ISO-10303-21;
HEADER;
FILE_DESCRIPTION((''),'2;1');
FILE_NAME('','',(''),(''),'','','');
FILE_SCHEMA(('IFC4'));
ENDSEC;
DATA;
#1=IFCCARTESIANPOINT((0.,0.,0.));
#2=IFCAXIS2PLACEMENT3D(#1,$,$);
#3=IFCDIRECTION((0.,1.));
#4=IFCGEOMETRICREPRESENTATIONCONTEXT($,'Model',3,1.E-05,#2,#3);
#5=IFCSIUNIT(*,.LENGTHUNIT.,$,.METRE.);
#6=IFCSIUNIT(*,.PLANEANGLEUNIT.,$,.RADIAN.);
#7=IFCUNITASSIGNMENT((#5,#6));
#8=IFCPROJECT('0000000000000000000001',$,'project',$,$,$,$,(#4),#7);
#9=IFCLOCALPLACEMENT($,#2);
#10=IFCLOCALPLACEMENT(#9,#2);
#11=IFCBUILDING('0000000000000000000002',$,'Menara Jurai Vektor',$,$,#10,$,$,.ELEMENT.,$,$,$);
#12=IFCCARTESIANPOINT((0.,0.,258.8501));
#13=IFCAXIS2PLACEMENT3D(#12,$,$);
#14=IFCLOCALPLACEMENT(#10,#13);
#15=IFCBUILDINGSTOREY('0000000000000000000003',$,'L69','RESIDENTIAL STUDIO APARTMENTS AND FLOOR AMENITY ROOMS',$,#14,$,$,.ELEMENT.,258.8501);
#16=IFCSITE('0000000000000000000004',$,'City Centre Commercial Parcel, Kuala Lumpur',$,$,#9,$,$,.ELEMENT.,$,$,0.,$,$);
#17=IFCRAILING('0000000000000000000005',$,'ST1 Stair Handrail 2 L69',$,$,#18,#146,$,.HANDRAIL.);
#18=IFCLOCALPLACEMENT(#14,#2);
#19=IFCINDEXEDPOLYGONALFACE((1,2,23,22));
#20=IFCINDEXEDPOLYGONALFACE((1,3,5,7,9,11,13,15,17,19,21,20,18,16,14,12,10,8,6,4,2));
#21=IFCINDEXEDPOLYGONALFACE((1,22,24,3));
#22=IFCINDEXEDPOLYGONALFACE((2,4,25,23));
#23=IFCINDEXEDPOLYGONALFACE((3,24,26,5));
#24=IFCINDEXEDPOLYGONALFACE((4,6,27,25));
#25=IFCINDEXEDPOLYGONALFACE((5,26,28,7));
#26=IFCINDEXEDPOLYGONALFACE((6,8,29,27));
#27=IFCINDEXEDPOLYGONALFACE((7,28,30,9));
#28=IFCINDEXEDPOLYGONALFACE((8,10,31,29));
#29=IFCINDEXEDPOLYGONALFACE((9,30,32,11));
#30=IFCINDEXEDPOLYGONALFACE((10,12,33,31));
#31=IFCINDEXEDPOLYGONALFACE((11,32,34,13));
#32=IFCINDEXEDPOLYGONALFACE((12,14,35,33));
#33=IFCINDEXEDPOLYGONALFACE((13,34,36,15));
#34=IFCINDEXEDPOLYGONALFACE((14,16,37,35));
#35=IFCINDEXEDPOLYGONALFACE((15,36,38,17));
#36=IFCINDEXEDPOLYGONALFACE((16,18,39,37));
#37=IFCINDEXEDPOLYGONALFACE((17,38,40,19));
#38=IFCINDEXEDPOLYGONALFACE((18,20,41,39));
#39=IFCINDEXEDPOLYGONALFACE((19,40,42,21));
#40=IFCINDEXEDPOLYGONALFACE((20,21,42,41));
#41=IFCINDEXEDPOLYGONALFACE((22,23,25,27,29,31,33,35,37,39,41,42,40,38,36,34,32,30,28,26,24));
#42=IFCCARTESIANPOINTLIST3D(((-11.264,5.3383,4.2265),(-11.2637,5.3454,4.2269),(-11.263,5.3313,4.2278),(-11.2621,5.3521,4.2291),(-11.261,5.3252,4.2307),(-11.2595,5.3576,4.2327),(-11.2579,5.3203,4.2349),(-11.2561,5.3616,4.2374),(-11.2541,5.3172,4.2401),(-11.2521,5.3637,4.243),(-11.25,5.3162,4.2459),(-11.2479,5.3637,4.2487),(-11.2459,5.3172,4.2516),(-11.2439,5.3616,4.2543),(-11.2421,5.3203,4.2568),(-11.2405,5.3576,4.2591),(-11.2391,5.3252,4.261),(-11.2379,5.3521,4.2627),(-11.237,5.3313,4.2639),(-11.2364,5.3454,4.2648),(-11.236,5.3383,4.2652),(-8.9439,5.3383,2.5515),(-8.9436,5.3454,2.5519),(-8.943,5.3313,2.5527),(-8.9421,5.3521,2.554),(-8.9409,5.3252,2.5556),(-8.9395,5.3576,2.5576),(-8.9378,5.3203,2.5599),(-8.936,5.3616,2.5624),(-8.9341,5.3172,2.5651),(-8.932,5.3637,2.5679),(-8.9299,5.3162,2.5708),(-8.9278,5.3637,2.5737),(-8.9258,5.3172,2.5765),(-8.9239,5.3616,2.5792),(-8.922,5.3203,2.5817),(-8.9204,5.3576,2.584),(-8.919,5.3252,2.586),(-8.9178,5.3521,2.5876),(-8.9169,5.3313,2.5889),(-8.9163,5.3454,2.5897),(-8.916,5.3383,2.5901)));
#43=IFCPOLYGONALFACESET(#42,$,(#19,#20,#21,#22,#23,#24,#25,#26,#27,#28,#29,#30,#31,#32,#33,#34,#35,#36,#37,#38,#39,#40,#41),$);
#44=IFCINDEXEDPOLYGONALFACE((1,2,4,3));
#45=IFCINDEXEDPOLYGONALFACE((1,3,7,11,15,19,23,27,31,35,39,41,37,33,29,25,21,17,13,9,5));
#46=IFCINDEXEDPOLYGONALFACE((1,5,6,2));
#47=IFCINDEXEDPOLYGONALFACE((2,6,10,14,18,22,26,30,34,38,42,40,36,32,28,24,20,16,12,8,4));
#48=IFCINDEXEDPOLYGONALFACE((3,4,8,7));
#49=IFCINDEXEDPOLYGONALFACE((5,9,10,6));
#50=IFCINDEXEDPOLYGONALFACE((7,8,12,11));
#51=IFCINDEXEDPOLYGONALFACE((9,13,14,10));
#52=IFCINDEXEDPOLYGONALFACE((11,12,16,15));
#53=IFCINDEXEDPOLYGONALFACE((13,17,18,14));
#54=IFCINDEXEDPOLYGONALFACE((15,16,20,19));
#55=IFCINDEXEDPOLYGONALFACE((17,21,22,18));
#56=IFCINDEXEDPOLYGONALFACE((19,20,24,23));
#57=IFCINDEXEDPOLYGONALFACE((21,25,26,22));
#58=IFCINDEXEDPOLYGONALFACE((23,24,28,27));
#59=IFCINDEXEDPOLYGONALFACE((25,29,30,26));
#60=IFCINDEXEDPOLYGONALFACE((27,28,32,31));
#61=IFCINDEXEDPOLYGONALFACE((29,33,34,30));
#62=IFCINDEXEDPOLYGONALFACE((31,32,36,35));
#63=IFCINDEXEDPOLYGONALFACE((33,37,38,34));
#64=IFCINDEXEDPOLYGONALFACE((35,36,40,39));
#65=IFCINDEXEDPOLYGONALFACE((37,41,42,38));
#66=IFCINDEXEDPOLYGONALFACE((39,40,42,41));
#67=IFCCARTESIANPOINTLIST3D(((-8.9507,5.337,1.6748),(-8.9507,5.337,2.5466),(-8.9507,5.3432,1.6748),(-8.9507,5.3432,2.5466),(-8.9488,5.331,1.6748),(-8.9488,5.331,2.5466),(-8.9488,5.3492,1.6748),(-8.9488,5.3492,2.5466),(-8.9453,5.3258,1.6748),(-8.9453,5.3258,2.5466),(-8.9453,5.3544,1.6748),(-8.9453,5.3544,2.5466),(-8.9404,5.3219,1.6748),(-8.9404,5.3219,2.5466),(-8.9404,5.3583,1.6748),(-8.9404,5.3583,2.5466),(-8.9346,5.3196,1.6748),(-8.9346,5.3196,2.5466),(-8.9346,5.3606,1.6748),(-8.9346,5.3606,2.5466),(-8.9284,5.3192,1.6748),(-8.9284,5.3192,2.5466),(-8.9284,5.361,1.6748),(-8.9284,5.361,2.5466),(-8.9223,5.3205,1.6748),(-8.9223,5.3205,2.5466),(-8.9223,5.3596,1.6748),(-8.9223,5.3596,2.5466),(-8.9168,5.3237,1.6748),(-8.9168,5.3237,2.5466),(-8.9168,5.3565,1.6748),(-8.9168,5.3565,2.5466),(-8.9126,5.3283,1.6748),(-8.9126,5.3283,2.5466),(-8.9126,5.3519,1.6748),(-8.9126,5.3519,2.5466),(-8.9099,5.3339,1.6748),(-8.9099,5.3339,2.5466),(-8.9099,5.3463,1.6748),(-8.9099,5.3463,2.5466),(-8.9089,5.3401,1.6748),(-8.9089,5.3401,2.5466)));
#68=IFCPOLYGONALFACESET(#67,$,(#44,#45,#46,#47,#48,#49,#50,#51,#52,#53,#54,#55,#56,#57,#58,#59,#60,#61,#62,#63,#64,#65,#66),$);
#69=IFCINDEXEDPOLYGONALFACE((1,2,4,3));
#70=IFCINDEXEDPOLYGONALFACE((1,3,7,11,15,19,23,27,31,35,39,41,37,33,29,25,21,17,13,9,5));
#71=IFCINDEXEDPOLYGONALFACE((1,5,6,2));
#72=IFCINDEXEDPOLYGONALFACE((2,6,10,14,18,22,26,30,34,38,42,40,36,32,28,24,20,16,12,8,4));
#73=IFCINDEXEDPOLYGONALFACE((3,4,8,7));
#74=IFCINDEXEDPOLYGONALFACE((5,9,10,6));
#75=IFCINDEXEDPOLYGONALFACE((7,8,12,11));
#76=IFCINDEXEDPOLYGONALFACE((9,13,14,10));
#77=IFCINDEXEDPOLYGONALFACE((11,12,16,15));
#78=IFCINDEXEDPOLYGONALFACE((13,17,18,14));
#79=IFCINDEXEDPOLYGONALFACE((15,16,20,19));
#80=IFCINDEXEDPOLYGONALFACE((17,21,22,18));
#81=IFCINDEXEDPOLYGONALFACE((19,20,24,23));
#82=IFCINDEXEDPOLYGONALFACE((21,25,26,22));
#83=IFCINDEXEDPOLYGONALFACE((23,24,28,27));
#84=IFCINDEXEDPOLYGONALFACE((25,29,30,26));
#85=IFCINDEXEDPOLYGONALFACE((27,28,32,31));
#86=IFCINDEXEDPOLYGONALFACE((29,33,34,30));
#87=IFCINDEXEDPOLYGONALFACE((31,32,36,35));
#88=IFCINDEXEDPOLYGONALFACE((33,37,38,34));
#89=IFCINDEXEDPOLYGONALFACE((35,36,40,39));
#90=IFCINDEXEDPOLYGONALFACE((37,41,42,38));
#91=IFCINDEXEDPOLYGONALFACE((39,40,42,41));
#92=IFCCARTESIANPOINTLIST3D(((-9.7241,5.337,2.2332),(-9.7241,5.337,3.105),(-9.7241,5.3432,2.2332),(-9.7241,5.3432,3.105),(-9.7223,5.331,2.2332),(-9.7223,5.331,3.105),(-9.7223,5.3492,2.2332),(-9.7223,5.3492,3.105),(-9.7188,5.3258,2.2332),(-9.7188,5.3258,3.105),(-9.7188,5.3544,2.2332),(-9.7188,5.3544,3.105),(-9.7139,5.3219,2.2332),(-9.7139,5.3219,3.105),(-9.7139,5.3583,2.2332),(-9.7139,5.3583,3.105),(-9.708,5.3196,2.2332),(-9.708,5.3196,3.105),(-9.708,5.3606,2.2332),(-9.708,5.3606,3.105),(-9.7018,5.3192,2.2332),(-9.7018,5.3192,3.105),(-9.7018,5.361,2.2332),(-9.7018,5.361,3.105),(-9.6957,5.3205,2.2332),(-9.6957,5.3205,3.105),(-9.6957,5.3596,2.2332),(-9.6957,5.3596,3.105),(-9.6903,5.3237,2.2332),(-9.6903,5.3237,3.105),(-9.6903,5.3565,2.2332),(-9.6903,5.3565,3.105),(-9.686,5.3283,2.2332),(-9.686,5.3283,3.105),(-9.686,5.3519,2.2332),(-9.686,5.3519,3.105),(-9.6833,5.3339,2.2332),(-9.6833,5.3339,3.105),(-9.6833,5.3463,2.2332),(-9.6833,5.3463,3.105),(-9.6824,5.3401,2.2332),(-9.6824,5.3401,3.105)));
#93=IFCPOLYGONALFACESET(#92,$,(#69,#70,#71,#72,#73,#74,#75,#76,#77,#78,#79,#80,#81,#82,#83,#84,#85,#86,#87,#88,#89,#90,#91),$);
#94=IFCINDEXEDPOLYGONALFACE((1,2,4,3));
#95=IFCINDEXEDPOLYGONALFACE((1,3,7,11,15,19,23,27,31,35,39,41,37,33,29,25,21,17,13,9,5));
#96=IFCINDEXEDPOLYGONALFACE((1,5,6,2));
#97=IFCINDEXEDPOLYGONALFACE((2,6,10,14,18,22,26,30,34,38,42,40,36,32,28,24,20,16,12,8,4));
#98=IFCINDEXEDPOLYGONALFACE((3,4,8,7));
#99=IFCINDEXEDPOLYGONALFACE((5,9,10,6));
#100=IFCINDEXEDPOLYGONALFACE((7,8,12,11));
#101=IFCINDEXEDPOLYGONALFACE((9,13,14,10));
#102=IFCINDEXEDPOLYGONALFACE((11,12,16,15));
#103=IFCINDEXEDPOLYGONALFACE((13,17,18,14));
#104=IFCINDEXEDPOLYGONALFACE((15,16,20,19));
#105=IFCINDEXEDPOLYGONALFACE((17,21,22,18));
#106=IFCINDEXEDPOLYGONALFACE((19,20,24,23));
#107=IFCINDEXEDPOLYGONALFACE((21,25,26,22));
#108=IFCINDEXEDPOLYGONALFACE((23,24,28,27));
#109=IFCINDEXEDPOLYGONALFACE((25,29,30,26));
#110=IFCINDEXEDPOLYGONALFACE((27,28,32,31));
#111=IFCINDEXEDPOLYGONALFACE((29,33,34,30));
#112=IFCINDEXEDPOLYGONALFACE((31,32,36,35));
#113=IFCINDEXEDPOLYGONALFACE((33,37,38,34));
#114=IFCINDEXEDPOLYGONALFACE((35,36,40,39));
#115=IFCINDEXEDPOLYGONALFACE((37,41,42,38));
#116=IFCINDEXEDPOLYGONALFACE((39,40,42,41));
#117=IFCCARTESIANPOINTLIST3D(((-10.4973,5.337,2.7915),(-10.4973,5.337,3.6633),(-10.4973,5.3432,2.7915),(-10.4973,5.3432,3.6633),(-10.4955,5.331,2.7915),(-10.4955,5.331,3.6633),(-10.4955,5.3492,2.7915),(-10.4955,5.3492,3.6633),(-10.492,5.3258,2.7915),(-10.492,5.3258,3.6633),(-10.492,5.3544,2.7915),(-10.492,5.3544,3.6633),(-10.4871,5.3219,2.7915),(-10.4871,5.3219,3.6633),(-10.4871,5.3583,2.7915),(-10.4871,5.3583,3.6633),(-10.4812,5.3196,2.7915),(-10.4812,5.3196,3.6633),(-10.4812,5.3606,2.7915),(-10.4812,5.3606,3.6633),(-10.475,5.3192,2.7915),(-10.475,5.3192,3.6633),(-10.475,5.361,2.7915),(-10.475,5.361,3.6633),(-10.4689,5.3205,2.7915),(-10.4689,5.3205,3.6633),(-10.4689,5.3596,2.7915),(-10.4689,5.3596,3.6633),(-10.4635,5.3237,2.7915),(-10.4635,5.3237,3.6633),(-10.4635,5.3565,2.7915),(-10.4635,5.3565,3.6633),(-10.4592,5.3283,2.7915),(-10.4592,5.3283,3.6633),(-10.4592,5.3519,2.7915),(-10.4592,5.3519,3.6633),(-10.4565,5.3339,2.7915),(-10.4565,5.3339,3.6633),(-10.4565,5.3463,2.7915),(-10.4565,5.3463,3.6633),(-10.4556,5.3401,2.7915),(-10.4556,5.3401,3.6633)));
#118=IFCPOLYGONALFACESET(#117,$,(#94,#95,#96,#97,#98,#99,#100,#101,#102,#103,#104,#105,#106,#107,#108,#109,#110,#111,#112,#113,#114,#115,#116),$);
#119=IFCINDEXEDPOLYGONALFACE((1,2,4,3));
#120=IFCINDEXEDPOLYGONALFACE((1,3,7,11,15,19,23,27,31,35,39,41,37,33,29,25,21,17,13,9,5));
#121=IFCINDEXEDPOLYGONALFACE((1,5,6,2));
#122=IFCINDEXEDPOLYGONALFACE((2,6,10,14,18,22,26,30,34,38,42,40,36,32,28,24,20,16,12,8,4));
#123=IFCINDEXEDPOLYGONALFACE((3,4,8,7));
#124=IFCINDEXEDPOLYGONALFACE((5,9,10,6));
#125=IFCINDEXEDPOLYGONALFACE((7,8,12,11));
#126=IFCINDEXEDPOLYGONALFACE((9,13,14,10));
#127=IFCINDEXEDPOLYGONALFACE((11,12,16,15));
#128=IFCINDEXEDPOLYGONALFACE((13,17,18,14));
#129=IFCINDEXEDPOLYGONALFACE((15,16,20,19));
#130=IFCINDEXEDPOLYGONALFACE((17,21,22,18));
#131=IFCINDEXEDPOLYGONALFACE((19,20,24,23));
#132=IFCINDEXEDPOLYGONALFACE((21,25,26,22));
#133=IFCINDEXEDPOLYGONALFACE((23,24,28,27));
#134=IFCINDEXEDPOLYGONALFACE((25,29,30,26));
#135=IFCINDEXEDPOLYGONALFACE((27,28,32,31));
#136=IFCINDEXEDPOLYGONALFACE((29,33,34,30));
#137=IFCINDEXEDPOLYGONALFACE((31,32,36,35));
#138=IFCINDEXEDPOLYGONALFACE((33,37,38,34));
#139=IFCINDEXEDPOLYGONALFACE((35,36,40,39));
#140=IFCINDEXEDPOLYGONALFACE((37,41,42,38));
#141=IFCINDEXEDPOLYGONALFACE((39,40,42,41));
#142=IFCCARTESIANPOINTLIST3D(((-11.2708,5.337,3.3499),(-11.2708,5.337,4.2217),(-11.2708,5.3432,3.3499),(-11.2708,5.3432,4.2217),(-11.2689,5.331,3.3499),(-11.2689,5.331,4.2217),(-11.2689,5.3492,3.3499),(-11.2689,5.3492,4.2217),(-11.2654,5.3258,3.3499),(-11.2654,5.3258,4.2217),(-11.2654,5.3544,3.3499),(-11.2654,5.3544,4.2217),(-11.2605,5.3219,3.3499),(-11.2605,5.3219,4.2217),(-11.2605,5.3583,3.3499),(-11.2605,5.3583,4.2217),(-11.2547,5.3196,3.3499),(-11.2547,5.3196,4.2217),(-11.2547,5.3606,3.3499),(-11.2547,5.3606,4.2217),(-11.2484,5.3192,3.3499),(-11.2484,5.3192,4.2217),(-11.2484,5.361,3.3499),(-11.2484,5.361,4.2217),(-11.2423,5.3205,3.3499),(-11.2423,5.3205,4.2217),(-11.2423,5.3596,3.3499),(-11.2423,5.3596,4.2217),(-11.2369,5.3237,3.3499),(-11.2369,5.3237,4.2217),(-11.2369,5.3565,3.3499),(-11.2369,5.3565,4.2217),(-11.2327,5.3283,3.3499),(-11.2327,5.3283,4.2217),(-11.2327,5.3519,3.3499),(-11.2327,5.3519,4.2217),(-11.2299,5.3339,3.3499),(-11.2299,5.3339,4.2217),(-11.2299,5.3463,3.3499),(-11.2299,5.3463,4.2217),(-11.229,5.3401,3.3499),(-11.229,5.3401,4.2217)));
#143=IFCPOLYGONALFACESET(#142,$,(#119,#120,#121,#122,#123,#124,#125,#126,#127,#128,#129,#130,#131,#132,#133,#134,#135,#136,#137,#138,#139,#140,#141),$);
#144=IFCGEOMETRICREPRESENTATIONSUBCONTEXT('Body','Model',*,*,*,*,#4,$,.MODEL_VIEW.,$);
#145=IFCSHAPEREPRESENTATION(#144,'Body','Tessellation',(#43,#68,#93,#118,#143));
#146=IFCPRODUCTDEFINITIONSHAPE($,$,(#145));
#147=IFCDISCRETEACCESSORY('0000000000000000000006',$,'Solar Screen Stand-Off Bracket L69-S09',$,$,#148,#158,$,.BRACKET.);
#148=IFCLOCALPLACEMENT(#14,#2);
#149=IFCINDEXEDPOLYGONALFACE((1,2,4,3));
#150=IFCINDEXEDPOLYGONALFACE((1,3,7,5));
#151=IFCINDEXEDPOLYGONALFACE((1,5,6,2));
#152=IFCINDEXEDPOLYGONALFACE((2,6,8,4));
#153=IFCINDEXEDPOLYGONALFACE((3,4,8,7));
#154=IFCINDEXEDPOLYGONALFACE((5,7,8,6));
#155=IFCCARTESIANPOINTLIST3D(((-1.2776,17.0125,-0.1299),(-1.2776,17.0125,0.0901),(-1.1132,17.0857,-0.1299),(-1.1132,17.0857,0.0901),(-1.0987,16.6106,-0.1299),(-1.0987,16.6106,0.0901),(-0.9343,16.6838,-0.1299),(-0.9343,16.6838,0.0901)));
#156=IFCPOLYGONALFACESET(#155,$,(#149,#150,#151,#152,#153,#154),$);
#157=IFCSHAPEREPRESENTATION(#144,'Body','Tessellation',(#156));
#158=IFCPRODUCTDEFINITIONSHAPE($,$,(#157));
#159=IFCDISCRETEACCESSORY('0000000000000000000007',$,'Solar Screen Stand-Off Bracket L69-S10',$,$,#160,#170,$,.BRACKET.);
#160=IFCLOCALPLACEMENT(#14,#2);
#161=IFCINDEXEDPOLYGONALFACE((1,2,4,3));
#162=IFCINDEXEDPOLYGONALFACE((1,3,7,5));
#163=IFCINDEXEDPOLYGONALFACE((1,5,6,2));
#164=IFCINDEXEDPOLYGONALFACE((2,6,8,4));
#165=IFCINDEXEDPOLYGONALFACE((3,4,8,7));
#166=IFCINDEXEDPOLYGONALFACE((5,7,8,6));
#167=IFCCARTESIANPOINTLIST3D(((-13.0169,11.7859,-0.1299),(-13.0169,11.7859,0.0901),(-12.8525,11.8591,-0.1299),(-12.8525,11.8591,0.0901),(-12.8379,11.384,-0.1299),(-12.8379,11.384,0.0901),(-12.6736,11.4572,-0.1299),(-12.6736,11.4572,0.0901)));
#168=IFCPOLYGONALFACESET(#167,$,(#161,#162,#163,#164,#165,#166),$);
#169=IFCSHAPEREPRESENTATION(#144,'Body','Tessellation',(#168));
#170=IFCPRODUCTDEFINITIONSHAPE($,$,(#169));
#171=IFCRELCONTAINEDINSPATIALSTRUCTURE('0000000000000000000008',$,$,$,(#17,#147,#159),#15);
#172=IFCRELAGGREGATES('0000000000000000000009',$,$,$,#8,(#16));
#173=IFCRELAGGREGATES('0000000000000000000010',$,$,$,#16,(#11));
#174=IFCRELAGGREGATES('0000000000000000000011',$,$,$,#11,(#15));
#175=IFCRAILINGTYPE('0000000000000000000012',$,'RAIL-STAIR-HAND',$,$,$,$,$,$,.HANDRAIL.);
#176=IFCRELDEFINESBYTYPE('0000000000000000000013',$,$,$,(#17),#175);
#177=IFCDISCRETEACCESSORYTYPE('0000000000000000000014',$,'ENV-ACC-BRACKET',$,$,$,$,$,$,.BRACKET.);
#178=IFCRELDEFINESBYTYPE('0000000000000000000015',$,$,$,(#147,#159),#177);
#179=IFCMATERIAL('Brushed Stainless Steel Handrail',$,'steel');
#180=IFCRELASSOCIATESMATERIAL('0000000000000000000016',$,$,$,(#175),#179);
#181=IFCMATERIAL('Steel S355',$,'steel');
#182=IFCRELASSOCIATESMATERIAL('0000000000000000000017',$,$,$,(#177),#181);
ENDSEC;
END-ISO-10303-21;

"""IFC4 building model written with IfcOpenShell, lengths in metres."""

from ifc_helpers import new_model, si_unit, direction, frame, origin, origin_2d, place, context, subcontext, project, spatial, rectangle, circle, extrude, material, type_object, element, save


model = new_model("IFC4")

# Units and contexts
model_context = context("Model", 3, precision=1e-05, world=origin(), true_north=direction((0.0, 1.0)))
body_context = subcontext(model_context, "Body", "Model", "MODEL_VIEW")
ifc_project = project(units=[si_unit("LENGTHUNIT", "METRE"), si_unit("PLANEANGLEUNIT", "RADIAN")], contexts=[model_context])

# Site, building, storey
site_placement = place(None, origin())
site = spatial("IfcSite", under=ifc_project, at=site_placement, Name="City Centre Commercial Parcel, Kuala Lumpur", CompositionType="ELEMENT", RefElevation=0.0)
building_placement = place(site_placement, origin())
building = spatial("IfcBuilding", under=site, at=building_placement, Name="Menara Jurai Vektor", CompositionType="ELEMENT")
storey_placement = place(building_placement, frame((0.0, 0.0, 258.8501)))
storey = spatial("IfcBuildingStorey", under=building, at=storey_placement, Name="L69", Description="RESIDENTIAL STUDIO APARTMENTS AND FLOOR AMENITY ROOMS", CompositionType="ELEMENT", Elevation=258.8501)

# Shared definitions
ifc_material_1 = material(Name="Steel S355", Category="steel")

# Railing
ifc_material_2 = material(Name="Brushed Stainless Steel Handrail", Category="steel")
railing_type = type_object("IfcRailingType", Name="RAIL-STAIR-HAND", PredefinedType="HANDRAIL", material=ifc_material_2)
railing_placement = place(storey_placement, frame((-8.9299, 5.3401, 1.6748)))
element("IfcRailing", 1, at=railing_placement, inside=storey, type_object=railing_type, Name="ST1 Stair Handrail 2 L69", PredefinedType="HANDRAIL", context=body_context, shape_type="SweptSolid", body=[
    extrude(circle(Radius=0.0239, at=origin_2d()), frame((0.0, 0.0, 0.896), z_axis=(-0.810771, 0.0, 0.585363), x_axis=(0.0, -1.0, 0.0)), (0.0, 0.0, 1.0), 2.8616),
    extrude(circle(Radius=0.021, at=origin_2d()), origin(), (0.0, 0.0, 1.0), 0.8718),
    extrude(circle(Radius=0.021, at=origin_2d()), frame((-0.7734, 0.0, 0.5583)), (0.0, 0.0, 1.0), 0.8718),
    extrude(circle(Radius=0.021, at=origin_2d()), frame((-1.5466, 0.0, 1.1167)), (0.0, 0.0, 1.0), 0.8718),
    extrude(circle(Radius=0.021, at=origin_2d()), frame((-2.3201, 0.0, 1.675)), (0.0, 0.0, 1.0), 0.8718),
])

# Discrete accessories
discrete_accessory_type = type_object("IfcDiscreteAccessoryType", Name="ENV-ACC-BRACKET", PredefinedType="BRACKET", material=ifc_material_1)
for number, where, z_axis, x_axis, name in (
    (2, (-1.106, 16.8481, -0.1299), (0.0, 0.0, 1.0), (-0.913545, -0.406737, 0.0), "Solar Screen Stand-Off Bracket L69-S09"),
    (3, (-12.8452, 11.6216, -0.1299), (0.0, 0.0, 1.0), (-0.913545, -0.406737, 0.0), "Solar Screen Stand-Off Bracket L69-S10"),
):
    element("IfcDiscreteAccessory", number, at=place(storey_placement, frame(where, z_axis=z_axis, x_axis=x_axis)), inside=storey, type_object=discrete_accessory_type, Name=name, PredefinedType="BRACKET", context=body_context, shape_type="SweptSolid", body=[
        extrude(rectangle(XDim=0.1799, YDim=0.4399, at=origin_2d()), origin(), (0.0, 0.0, 1.0), 0.22),
    ])

save(model, "model.ifc")
